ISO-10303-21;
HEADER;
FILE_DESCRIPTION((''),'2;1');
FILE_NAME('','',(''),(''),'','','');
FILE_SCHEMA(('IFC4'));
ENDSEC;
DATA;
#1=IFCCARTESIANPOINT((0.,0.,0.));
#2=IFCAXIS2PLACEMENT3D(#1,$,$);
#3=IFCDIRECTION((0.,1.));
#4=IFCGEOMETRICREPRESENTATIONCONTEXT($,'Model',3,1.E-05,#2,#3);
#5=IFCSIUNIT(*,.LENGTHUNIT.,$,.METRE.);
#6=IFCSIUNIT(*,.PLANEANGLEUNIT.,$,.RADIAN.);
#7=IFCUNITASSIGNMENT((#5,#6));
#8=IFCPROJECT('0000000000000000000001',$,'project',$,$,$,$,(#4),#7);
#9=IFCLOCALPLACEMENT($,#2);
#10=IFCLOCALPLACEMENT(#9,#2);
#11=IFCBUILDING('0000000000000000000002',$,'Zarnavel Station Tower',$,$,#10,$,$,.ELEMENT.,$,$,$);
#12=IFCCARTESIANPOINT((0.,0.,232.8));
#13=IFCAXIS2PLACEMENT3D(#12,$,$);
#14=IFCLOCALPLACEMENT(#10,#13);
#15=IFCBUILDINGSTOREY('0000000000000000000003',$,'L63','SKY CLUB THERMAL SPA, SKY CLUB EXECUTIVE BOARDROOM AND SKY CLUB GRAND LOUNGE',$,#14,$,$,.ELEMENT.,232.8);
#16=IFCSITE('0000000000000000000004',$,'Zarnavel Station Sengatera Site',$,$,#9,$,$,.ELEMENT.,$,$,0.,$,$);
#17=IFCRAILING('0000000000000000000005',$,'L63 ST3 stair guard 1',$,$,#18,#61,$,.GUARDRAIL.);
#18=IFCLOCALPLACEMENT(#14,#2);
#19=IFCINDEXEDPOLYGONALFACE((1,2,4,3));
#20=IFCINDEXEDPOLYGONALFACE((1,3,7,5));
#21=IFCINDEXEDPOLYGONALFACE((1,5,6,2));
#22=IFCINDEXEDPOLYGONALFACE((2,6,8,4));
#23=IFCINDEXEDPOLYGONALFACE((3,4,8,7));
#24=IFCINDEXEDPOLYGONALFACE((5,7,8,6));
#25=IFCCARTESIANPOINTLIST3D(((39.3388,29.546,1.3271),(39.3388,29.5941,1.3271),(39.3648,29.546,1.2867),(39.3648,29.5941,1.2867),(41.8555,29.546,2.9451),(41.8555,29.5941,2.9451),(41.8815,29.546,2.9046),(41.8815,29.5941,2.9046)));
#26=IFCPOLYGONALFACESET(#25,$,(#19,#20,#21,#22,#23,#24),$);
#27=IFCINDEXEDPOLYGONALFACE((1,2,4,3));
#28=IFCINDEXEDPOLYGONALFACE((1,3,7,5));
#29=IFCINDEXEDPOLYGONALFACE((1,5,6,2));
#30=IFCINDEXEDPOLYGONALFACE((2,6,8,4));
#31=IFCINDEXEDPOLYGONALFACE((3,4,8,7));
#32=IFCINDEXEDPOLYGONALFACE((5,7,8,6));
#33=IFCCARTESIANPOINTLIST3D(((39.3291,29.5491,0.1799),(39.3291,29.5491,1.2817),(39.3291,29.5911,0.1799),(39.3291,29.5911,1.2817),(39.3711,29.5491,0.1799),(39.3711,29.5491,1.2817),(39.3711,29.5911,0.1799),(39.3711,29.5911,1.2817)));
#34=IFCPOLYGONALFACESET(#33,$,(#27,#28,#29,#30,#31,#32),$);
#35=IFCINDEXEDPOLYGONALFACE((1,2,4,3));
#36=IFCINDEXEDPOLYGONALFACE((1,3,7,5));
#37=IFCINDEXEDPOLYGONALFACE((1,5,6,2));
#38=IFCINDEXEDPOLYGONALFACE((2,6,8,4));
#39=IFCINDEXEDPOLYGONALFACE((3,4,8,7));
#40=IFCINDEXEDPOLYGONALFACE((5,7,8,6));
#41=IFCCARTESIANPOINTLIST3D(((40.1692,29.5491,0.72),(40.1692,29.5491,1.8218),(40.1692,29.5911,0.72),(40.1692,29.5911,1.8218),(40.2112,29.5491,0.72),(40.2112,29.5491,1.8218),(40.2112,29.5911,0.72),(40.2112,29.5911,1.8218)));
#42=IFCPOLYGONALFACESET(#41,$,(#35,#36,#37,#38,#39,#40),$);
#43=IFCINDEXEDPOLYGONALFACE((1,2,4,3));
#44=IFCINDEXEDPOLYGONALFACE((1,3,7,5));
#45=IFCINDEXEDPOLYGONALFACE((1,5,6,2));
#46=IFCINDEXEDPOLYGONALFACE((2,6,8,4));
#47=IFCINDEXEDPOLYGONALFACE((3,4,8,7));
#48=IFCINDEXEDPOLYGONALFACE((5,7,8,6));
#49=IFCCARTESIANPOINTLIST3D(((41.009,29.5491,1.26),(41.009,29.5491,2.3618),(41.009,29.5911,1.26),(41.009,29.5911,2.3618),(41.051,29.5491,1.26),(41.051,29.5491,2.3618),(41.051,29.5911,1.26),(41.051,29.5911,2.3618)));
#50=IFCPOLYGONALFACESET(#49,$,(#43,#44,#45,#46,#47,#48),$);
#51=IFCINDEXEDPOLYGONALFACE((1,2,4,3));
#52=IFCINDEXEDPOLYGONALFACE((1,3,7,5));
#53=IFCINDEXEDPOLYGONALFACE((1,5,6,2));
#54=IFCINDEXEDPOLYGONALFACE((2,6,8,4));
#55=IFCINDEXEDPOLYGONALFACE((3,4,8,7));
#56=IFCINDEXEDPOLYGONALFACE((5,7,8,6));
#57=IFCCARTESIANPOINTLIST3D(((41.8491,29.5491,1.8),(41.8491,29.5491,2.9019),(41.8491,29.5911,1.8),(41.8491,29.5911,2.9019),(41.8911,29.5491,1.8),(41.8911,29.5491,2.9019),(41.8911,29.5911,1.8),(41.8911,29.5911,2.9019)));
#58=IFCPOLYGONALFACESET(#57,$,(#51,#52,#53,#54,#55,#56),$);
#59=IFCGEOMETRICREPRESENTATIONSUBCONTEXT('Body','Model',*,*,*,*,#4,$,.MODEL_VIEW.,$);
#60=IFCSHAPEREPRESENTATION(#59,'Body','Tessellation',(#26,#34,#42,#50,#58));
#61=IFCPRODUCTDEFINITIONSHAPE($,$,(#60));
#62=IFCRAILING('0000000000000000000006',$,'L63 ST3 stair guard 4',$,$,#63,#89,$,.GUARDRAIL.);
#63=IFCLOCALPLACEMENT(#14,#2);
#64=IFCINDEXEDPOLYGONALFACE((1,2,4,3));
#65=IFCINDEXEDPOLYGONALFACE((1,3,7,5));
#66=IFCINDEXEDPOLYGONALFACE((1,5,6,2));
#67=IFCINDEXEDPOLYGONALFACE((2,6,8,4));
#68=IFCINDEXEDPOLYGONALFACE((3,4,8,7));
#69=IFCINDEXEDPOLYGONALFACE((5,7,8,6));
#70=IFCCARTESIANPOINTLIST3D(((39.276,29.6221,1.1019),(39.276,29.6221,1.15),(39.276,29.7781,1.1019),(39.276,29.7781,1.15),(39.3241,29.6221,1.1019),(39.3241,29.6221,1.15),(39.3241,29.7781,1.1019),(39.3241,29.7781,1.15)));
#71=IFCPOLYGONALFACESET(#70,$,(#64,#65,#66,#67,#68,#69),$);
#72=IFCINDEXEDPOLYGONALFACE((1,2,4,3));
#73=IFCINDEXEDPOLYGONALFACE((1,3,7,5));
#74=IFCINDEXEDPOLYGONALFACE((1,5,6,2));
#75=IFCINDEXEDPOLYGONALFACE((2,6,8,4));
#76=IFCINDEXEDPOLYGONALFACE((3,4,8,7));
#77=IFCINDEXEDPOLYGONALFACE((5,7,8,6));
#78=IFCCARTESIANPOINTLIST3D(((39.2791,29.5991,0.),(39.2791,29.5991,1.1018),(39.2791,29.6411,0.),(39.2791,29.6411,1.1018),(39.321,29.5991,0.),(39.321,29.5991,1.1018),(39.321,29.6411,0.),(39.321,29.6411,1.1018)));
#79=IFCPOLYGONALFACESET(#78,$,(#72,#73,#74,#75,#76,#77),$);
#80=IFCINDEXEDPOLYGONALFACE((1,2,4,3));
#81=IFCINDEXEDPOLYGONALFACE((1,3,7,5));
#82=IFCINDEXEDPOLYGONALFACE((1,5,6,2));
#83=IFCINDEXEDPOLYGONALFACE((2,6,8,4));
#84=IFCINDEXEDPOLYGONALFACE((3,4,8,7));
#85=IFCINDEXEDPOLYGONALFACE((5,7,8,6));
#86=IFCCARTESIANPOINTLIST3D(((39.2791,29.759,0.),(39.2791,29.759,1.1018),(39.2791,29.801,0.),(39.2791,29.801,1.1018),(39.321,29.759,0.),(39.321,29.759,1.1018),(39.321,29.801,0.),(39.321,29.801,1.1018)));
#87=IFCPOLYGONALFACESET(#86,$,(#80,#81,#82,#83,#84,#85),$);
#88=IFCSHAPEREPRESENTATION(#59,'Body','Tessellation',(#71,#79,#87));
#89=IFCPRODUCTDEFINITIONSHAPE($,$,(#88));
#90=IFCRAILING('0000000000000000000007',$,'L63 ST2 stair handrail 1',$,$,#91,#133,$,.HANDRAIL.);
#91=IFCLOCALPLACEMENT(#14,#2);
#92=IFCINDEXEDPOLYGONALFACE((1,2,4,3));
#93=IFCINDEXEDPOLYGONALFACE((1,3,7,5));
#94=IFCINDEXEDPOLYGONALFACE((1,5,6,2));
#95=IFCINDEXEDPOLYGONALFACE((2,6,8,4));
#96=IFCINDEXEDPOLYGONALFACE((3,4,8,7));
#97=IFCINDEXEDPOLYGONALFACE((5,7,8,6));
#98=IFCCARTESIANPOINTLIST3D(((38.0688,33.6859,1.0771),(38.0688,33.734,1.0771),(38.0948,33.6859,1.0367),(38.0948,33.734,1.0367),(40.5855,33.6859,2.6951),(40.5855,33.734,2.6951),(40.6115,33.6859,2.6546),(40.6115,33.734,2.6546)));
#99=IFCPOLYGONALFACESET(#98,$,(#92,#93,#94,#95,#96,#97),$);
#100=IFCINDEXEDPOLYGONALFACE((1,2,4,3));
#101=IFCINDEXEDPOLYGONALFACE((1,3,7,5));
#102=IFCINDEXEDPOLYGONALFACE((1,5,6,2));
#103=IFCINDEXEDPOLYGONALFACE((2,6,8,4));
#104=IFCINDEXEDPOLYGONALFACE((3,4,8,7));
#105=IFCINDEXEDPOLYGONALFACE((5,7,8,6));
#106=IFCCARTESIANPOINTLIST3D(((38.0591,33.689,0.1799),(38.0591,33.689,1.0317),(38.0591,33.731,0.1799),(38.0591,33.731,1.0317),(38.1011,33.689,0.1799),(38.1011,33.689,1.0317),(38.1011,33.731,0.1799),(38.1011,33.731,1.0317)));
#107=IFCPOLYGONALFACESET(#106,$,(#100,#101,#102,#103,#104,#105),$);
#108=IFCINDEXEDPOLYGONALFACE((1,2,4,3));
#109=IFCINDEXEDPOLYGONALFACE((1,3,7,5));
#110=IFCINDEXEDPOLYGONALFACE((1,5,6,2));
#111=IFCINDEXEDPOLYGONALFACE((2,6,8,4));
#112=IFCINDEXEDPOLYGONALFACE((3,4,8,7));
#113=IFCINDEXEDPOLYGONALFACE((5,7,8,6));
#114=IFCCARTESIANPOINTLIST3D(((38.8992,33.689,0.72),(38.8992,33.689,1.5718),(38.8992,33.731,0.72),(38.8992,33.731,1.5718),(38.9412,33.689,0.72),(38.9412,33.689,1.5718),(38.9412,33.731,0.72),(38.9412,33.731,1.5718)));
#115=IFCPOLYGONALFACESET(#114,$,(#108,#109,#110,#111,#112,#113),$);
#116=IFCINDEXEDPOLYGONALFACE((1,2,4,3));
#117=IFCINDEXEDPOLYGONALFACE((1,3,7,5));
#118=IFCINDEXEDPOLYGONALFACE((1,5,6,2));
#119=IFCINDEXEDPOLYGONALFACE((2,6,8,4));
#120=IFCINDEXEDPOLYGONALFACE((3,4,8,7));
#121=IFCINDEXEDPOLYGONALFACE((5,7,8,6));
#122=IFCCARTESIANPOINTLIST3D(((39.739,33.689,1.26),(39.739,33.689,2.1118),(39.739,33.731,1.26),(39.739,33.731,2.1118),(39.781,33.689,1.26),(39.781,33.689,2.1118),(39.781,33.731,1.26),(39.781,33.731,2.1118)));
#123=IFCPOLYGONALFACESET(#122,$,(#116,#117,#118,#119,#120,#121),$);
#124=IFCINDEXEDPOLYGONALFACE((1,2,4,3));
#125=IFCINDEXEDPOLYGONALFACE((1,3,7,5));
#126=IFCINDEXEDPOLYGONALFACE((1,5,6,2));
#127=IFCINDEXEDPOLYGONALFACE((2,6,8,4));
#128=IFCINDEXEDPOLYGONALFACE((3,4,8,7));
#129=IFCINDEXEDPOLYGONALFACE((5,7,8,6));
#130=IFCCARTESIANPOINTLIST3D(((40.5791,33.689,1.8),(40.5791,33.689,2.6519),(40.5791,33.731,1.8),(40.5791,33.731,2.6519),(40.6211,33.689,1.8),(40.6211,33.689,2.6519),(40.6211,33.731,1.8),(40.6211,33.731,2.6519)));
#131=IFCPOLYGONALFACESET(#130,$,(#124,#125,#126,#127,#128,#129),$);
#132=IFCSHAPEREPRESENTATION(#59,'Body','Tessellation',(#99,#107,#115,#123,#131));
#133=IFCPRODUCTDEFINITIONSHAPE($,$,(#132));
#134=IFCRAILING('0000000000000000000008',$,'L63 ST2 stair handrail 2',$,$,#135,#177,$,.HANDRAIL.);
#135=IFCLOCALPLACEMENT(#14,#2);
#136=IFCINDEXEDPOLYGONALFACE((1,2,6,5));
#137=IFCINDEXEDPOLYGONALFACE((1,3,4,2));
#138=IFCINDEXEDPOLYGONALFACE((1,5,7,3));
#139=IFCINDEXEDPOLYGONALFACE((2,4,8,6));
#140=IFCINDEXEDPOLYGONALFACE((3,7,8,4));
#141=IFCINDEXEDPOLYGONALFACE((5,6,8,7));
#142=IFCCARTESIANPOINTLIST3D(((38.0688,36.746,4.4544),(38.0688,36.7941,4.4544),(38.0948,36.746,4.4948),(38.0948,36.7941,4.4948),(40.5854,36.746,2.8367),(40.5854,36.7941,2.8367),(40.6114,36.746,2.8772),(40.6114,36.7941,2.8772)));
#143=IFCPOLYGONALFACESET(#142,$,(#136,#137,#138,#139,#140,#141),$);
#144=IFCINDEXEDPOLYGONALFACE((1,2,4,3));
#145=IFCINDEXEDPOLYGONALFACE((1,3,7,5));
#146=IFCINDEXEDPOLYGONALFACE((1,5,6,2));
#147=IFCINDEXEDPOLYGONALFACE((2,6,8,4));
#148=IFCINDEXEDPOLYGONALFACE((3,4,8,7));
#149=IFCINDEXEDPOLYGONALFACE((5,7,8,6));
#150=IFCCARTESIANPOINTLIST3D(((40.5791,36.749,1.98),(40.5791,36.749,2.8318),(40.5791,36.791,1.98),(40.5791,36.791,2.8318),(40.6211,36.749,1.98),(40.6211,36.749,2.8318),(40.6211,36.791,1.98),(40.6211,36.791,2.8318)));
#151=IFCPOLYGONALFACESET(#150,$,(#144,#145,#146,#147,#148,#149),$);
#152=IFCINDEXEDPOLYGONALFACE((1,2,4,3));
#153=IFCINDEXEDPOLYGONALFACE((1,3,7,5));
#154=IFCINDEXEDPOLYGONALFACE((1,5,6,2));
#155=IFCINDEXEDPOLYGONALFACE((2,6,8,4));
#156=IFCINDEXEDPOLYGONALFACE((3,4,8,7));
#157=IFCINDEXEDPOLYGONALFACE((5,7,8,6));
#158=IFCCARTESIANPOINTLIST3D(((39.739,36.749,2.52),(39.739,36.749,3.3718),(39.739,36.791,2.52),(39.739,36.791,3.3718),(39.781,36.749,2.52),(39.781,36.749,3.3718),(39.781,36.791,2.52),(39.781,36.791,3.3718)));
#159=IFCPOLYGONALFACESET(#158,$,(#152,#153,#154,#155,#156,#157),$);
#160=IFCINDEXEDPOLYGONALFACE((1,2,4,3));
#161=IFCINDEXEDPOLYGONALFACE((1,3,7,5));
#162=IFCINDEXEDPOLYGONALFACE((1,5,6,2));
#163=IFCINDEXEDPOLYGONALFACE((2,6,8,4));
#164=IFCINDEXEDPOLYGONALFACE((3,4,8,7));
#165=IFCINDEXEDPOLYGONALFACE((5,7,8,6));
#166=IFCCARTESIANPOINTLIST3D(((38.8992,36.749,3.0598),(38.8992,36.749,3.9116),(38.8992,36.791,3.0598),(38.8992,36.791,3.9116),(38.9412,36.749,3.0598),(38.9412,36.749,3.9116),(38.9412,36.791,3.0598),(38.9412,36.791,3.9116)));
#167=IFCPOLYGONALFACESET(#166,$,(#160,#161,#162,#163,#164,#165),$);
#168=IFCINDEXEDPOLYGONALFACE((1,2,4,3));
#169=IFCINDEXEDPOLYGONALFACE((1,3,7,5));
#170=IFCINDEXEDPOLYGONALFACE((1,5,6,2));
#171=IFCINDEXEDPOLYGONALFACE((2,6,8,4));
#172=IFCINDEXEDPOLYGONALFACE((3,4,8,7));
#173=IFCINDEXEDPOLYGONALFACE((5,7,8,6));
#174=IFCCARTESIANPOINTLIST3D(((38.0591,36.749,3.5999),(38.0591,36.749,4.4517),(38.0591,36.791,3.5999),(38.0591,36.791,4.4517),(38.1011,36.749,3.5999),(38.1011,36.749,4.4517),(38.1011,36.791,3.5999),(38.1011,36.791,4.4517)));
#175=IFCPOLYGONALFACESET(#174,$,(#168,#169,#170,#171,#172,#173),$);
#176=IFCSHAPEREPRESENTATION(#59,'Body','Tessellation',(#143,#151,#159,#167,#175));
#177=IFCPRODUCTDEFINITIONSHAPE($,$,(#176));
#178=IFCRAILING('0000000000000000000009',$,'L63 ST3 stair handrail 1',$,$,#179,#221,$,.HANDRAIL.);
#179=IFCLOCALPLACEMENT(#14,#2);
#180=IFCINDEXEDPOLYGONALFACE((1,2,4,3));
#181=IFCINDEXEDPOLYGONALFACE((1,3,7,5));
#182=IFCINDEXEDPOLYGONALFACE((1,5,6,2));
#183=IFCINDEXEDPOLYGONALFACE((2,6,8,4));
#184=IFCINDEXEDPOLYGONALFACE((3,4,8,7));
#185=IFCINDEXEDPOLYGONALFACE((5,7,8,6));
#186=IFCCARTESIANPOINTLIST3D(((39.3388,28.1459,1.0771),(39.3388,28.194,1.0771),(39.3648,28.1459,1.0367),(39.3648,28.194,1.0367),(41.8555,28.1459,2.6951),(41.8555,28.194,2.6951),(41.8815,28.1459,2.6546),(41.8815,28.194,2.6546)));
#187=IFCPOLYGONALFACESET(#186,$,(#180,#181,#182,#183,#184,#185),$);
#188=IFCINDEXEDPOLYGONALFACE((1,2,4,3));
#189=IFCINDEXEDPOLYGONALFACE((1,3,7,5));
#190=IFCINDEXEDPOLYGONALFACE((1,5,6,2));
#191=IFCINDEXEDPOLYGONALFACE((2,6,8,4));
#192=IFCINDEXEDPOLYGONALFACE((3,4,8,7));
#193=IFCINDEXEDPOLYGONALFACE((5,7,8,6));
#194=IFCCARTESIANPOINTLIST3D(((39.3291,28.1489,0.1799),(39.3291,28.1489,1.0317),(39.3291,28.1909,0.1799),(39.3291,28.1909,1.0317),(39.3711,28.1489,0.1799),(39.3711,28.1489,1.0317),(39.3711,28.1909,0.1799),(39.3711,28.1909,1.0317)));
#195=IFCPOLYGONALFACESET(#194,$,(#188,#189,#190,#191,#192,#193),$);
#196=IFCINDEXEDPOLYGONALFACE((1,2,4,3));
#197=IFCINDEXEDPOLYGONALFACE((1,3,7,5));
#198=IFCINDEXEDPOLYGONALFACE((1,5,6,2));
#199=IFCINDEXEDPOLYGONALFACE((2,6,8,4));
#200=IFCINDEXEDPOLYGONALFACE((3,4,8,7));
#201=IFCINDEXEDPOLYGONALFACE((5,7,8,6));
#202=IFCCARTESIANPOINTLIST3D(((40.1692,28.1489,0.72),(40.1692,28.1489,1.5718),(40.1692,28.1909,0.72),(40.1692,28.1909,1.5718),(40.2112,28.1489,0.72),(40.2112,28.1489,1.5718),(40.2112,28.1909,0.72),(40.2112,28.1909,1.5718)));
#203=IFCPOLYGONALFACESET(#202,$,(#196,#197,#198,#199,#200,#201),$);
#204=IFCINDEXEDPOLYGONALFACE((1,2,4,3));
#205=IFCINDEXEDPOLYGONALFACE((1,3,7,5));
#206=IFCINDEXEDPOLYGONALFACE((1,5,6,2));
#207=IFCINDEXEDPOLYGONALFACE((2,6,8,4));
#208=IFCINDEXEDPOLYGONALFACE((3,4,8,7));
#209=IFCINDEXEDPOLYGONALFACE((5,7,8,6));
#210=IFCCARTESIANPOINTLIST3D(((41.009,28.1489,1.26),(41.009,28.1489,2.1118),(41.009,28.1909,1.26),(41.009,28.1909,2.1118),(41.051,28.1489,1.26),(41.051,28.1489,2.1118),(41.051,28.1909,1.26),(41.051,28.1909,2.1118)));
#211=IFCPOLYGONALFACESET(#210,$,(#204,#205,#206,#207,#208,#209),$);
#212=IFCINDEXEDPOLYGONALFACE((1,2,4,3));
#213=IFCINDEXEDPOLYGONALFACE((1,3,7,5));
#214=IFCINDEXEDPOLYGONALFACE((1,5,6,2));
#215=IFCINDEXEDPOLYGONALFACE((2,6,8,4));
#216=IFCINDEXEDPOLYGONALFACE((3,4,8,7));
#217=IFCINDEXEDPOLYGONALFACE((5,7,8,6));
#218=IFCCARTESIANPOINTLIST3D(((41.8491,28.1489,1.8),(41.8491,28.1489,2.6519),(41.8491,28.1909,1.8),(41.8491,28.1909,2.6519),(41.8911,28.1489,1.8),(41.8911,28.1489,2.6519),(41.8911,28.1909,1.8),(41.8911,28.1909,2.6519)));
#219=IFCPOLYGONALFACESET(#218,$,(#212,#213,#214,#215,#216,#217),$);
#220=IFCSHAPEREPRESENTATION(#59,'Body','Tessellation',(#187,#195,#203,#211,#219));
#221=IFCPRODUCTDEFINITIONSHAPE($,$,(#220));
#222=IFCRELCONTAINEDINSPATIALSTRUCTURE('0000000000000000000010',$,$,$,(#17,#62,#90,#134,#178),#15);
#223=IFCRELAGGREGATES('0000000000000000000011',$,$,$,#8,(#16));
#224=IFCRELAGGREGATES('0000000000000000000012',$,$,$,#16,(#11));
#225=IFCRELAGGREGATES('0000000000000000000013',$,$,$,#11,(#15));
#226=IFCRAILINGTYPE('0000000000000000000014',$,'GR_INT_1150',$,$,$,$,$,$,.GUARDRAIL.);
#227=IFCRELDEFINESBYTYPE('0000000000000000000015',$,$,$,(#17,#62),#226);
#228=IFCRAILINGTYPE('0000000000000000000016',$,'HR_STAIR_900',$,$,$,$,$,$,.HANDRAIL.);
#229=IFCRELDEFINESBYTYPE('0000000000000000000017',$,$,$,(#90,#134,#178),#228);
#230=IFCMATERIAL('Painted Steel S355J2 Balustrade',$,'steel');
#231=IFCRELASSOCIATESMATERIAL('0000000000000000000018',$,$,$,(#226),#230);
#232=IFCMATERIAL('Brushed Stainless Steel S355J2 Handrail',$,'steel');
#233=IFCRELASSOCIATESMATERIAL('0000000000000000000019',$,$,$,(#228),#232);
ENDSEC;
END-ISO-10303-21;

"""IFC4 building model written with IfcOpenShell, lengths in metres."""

from ifc_helpers import new_model, si_unit, direction, frame, origin, origin_2d, place, context, subcontext, project, spatial, rectangle, extrude, material, type_object, element, save


model = new_model("IFC4")

# Units and contexts
model_context = context("Model", 3, precision=1e-05, world=origin(), true_north=direction((0.0, 1.0)))
body_context = subcontext(model_context, "Body", "Model", "MODEL_VIEW")
ifc_project = project(units=[si_unit("LENGTHUNIT", "METRE"), si_unit("PLANEANGLEUNIT", "RADIAN")], contexts=[model_context])

# Site, building, storey
site_placement = place(None, origin())
site = spatial("IfcSite", under=ifc_project, at=site_placement, Name="Zarnavel Station Sengatera Site", CompositionType="ELEMENT", RefElevation=0.0)
building_placement = place(site_placement, origin())
building = spatial("IfcBuilding", under=site, at=building_placement, Name="Zarnavel Station Tower", CompositionType="ELEMENT")
storey_placement = place(building_placement, frame((0.0, 0.0, 232.8)))
storey = spatial("IfcBuildingStorey", under=building, at=storey_placement, Name="L63", Description="SKY CLUB THERMAL SPA, SKY CLUB EXECUTIVE BOARDROOM AND SKY CLUB GRAND LOUNGE", CompositionType="ELEMENT", Elevation=232.8)

# Railings
ifc_material_1 = material(Name="Painted Steel S355J2 Balustrade", Category="steel")
railing_type_1 = type_object("IfcRailingType", Name="GR_INT_1150", PredefinedType="GUARDRAIL", material=ifc_material_1)
railing_1_placement = place(storey_placement, frame((39.3501, 29.5701, 0.1799)))
element("IfcRailing", 1, at=railing_1_placement, inside=storey, type_object=railing_type_1, Name="L63 ST3 stair guard 1", PredefinedType="GUARDRAIL", context=body_context, shape_type="SweptSolid", body=[
    extrude(rectangle(XDim=0.0481, YDim=0.0481, at=origin_2d()), frame((0.0017, 0.0, 1.127), z_axis=(0.841163, 0.0, 0.540782), x_axis=(0.0, 1.0, 0.0)), (0.0, 0.0, 1.0), 2.9919),
    extrude(rectangle(XDim=0.042, YDim=0.042, at=origin_2d()), origin(), (0.0, 0.0, 1.0), 1.1018),
    extrude(rectangle(XDim=0.042, YDim=0.042, at=origin_2d()), frame((0.8401, 0.0, 0.54)), (0.0, 0.0, 1.0), 1.1018),
    extrude(rectangle(XDim=0.042, YDim=0.042, at=origin_2d()), frame((1.6799, 0.0, 1.0801)), (0.0, 0.0, 1.0), 1.1018),
    extrude(rectangle(XDim=0.042, YDim=0.042, at=origin_2d()), frame((2.52, 0.0, 1.6201)), (0.0, 0.0, 1.0), 1.1018),
])
railing_2_placement = place(storey_placement, frame((39.3, 29.6201, 0.0)))
element("IfcRailing", 2, at=railing_2_placement, inside=storey, type_object=railing_type_1, Name="L63 ST3 stair guard 4", PredefinedType="GUARDRAIL", context=body_context, shape_type="SweptSolid", body=[
    extrude(rectangle(XDim=0.0481, YDim=0.0481, at=origin_2d()), frame((0.0, 0.002, 1.126), z_axis=(0.0, 1.0, 0.0), x_axis=(-1.0, 0.0, 0.0)), (0.0, 0.0, 1.0), 0.156),
    extrude(rectangle(XDim=0.042, YDim=0.042, at=origin_2d()), origin(), (0.0, 0.0, 1.0), 1.1018),
    extrude(rectangle(XDim=0.042, YDim=0.042, at=origin_2d()), frame((0.0, 0.1599, 0.0)), (0.0, 0.0, 1.0), 1.1018),
])
ifc_material_2 = material(Name="Brushed Stainless Steel S355J2 Handrail", Category="steel")
railing_type_2 = type_object("IfcRailingType", Name="HR_STAIR_900", PredefinedType="HANDRAIL", material=ifc_material_2)
railing_3_placement = place(storey_placement, frame((38.0801, 33.71, 0.1799)))
element("IfcRailing", 3, at=railing_3_placement, inside=storey, type_object=railing_type_2, Name="L63 ST2 stair handrail 1", PredefinedType="HANDRAIL", context=body_context, shape_type="SweptSolid", body=[
    extrude(rectangle(XDim=0.0481, YDim=0.0481, at=origin_2d()), frame((0.0017, 0.0, 0.877), z_axis=(0.841163, 0.0, 0.540782), x_axis=(0.0, 1.0, 0.0)), (0.0, 0.0, 1.0), 2.9919),
    extrude(rectangle(XDim=0.042, YDim=0.042, at=origin_2d()), origin(), (0.0, 0.0, 1.0), 0.8518),
    extrude(rectangle(XDim=0.042, YDim=0.042, at=origin_2d()), frame((0.8401, 0.0, 0.54)), (0.0, 0.0, 1.0), 0.8518),
    extrude(rectangle(XDim=0.042, YDim=0.042, at=origin_2d()), frame((1.6799, 0.0, 1.0801)), (0.0, 0.0, 1.0), 0.8518),
    extrude(rectangle(XDim=0.042, YDim=0.042, at=origin_2d()), frame((2.52, 0.0, 1.6201)), (0.0, 0.0, 1.0), 0.8518),
])
railing_4_placement = place(storey_placement, frame((40.6001, 36.77, 1.98)))
element("IfcRailing", 4, at=railing_4_placement, inside=storey, type_object=railing_type_2, Name="L63 ST2 stair handrail 2", PredefinedType="HANDRAIL", context=body_context, shape_type="SweptSolid", body=[
    extrude(rectangle(XDim=0.0481, YDim=0.0481, at=origin_2d()), frame((-0.0017, 0.0, 0.877), z_axis=(-0.8412, 0.0, 0.540725), x_axis=(0.0, -1.0, 0.0)), (0.0, 0.0, 1.0), 2.9917),
    extrude(rectangle(XDim=0.042, YDim=0.042, at=origin_2d()), origin(), (0.0, 0.0, 1.0), 0.8518),
    extrude(rectangle(XDim=0.042, YDim=0.042, at=origin_2d()), frame((-0.8401, 0.0, 0.54)), (0.0, 0.0, 1.0), 0.8518),
    extrude(rectangle(XDim=0.042, YDim=0.042, at=origin_2d()), frame((-1.6799, 0.0, 1.0798)), (0.0, 0.0, 1.0), 0.8518),
    extrude(rectangle(XDim=0.042, YDim=0.042, at=origin_2d()), frame((-2.52, 0.0, 1.6199)), (0.0, 0.0, 1.0), 0.8518),
])
railing_5_placement = place(storey_placement, frame((39.3501, 28.1699, 0.1799)))
element("IfcRailing", 5, at=railing_5_placement, inside=storey, type_object=railing_type_2, Name="L63 ST3 stair handrail 1", PredefinedType="HANDRAIL", context=body_context, shape_type="SweptSolid", body=[
    extrude(rectangle(XDim=0.0481, YDim=0.0481, at=origin_2d()), frame((0.0017, 0.0, 0.877), z_axis=(0.841163, 0.0, 0.540782), x_axis=(0.0, 1.0, 0.0)), (0.0, 0.0, 1.0), 2.9919),
    extrude(rectangle(XDim=0.042, YDim=0.042, at=origin_2d()), origin(), (0.0, 0.0, 1.0), 0.8518),
    extrude(rectangle(XDim=0.042, YDim=0.042, at=origin_2d()), frame((0.8401, 0.0, 0.54)), (0.0, 0.0, 1.0), 0.8518),
    extrude(rectangle(XDim=0.042, YDim=0.042, at=origin_2d()), frame((1.6799, 0.0, 1.0801)), (0.0, 0.0, 1.0), 0.8518),
    extrude(rectangle(XDim=0.042, YDim=0.042, at=origin_2d()), frame((2.52, 0.0, 1.6201)), (0.0, 0.0, 1.0), 0.8518),
])

save(model, "model.ifc")
